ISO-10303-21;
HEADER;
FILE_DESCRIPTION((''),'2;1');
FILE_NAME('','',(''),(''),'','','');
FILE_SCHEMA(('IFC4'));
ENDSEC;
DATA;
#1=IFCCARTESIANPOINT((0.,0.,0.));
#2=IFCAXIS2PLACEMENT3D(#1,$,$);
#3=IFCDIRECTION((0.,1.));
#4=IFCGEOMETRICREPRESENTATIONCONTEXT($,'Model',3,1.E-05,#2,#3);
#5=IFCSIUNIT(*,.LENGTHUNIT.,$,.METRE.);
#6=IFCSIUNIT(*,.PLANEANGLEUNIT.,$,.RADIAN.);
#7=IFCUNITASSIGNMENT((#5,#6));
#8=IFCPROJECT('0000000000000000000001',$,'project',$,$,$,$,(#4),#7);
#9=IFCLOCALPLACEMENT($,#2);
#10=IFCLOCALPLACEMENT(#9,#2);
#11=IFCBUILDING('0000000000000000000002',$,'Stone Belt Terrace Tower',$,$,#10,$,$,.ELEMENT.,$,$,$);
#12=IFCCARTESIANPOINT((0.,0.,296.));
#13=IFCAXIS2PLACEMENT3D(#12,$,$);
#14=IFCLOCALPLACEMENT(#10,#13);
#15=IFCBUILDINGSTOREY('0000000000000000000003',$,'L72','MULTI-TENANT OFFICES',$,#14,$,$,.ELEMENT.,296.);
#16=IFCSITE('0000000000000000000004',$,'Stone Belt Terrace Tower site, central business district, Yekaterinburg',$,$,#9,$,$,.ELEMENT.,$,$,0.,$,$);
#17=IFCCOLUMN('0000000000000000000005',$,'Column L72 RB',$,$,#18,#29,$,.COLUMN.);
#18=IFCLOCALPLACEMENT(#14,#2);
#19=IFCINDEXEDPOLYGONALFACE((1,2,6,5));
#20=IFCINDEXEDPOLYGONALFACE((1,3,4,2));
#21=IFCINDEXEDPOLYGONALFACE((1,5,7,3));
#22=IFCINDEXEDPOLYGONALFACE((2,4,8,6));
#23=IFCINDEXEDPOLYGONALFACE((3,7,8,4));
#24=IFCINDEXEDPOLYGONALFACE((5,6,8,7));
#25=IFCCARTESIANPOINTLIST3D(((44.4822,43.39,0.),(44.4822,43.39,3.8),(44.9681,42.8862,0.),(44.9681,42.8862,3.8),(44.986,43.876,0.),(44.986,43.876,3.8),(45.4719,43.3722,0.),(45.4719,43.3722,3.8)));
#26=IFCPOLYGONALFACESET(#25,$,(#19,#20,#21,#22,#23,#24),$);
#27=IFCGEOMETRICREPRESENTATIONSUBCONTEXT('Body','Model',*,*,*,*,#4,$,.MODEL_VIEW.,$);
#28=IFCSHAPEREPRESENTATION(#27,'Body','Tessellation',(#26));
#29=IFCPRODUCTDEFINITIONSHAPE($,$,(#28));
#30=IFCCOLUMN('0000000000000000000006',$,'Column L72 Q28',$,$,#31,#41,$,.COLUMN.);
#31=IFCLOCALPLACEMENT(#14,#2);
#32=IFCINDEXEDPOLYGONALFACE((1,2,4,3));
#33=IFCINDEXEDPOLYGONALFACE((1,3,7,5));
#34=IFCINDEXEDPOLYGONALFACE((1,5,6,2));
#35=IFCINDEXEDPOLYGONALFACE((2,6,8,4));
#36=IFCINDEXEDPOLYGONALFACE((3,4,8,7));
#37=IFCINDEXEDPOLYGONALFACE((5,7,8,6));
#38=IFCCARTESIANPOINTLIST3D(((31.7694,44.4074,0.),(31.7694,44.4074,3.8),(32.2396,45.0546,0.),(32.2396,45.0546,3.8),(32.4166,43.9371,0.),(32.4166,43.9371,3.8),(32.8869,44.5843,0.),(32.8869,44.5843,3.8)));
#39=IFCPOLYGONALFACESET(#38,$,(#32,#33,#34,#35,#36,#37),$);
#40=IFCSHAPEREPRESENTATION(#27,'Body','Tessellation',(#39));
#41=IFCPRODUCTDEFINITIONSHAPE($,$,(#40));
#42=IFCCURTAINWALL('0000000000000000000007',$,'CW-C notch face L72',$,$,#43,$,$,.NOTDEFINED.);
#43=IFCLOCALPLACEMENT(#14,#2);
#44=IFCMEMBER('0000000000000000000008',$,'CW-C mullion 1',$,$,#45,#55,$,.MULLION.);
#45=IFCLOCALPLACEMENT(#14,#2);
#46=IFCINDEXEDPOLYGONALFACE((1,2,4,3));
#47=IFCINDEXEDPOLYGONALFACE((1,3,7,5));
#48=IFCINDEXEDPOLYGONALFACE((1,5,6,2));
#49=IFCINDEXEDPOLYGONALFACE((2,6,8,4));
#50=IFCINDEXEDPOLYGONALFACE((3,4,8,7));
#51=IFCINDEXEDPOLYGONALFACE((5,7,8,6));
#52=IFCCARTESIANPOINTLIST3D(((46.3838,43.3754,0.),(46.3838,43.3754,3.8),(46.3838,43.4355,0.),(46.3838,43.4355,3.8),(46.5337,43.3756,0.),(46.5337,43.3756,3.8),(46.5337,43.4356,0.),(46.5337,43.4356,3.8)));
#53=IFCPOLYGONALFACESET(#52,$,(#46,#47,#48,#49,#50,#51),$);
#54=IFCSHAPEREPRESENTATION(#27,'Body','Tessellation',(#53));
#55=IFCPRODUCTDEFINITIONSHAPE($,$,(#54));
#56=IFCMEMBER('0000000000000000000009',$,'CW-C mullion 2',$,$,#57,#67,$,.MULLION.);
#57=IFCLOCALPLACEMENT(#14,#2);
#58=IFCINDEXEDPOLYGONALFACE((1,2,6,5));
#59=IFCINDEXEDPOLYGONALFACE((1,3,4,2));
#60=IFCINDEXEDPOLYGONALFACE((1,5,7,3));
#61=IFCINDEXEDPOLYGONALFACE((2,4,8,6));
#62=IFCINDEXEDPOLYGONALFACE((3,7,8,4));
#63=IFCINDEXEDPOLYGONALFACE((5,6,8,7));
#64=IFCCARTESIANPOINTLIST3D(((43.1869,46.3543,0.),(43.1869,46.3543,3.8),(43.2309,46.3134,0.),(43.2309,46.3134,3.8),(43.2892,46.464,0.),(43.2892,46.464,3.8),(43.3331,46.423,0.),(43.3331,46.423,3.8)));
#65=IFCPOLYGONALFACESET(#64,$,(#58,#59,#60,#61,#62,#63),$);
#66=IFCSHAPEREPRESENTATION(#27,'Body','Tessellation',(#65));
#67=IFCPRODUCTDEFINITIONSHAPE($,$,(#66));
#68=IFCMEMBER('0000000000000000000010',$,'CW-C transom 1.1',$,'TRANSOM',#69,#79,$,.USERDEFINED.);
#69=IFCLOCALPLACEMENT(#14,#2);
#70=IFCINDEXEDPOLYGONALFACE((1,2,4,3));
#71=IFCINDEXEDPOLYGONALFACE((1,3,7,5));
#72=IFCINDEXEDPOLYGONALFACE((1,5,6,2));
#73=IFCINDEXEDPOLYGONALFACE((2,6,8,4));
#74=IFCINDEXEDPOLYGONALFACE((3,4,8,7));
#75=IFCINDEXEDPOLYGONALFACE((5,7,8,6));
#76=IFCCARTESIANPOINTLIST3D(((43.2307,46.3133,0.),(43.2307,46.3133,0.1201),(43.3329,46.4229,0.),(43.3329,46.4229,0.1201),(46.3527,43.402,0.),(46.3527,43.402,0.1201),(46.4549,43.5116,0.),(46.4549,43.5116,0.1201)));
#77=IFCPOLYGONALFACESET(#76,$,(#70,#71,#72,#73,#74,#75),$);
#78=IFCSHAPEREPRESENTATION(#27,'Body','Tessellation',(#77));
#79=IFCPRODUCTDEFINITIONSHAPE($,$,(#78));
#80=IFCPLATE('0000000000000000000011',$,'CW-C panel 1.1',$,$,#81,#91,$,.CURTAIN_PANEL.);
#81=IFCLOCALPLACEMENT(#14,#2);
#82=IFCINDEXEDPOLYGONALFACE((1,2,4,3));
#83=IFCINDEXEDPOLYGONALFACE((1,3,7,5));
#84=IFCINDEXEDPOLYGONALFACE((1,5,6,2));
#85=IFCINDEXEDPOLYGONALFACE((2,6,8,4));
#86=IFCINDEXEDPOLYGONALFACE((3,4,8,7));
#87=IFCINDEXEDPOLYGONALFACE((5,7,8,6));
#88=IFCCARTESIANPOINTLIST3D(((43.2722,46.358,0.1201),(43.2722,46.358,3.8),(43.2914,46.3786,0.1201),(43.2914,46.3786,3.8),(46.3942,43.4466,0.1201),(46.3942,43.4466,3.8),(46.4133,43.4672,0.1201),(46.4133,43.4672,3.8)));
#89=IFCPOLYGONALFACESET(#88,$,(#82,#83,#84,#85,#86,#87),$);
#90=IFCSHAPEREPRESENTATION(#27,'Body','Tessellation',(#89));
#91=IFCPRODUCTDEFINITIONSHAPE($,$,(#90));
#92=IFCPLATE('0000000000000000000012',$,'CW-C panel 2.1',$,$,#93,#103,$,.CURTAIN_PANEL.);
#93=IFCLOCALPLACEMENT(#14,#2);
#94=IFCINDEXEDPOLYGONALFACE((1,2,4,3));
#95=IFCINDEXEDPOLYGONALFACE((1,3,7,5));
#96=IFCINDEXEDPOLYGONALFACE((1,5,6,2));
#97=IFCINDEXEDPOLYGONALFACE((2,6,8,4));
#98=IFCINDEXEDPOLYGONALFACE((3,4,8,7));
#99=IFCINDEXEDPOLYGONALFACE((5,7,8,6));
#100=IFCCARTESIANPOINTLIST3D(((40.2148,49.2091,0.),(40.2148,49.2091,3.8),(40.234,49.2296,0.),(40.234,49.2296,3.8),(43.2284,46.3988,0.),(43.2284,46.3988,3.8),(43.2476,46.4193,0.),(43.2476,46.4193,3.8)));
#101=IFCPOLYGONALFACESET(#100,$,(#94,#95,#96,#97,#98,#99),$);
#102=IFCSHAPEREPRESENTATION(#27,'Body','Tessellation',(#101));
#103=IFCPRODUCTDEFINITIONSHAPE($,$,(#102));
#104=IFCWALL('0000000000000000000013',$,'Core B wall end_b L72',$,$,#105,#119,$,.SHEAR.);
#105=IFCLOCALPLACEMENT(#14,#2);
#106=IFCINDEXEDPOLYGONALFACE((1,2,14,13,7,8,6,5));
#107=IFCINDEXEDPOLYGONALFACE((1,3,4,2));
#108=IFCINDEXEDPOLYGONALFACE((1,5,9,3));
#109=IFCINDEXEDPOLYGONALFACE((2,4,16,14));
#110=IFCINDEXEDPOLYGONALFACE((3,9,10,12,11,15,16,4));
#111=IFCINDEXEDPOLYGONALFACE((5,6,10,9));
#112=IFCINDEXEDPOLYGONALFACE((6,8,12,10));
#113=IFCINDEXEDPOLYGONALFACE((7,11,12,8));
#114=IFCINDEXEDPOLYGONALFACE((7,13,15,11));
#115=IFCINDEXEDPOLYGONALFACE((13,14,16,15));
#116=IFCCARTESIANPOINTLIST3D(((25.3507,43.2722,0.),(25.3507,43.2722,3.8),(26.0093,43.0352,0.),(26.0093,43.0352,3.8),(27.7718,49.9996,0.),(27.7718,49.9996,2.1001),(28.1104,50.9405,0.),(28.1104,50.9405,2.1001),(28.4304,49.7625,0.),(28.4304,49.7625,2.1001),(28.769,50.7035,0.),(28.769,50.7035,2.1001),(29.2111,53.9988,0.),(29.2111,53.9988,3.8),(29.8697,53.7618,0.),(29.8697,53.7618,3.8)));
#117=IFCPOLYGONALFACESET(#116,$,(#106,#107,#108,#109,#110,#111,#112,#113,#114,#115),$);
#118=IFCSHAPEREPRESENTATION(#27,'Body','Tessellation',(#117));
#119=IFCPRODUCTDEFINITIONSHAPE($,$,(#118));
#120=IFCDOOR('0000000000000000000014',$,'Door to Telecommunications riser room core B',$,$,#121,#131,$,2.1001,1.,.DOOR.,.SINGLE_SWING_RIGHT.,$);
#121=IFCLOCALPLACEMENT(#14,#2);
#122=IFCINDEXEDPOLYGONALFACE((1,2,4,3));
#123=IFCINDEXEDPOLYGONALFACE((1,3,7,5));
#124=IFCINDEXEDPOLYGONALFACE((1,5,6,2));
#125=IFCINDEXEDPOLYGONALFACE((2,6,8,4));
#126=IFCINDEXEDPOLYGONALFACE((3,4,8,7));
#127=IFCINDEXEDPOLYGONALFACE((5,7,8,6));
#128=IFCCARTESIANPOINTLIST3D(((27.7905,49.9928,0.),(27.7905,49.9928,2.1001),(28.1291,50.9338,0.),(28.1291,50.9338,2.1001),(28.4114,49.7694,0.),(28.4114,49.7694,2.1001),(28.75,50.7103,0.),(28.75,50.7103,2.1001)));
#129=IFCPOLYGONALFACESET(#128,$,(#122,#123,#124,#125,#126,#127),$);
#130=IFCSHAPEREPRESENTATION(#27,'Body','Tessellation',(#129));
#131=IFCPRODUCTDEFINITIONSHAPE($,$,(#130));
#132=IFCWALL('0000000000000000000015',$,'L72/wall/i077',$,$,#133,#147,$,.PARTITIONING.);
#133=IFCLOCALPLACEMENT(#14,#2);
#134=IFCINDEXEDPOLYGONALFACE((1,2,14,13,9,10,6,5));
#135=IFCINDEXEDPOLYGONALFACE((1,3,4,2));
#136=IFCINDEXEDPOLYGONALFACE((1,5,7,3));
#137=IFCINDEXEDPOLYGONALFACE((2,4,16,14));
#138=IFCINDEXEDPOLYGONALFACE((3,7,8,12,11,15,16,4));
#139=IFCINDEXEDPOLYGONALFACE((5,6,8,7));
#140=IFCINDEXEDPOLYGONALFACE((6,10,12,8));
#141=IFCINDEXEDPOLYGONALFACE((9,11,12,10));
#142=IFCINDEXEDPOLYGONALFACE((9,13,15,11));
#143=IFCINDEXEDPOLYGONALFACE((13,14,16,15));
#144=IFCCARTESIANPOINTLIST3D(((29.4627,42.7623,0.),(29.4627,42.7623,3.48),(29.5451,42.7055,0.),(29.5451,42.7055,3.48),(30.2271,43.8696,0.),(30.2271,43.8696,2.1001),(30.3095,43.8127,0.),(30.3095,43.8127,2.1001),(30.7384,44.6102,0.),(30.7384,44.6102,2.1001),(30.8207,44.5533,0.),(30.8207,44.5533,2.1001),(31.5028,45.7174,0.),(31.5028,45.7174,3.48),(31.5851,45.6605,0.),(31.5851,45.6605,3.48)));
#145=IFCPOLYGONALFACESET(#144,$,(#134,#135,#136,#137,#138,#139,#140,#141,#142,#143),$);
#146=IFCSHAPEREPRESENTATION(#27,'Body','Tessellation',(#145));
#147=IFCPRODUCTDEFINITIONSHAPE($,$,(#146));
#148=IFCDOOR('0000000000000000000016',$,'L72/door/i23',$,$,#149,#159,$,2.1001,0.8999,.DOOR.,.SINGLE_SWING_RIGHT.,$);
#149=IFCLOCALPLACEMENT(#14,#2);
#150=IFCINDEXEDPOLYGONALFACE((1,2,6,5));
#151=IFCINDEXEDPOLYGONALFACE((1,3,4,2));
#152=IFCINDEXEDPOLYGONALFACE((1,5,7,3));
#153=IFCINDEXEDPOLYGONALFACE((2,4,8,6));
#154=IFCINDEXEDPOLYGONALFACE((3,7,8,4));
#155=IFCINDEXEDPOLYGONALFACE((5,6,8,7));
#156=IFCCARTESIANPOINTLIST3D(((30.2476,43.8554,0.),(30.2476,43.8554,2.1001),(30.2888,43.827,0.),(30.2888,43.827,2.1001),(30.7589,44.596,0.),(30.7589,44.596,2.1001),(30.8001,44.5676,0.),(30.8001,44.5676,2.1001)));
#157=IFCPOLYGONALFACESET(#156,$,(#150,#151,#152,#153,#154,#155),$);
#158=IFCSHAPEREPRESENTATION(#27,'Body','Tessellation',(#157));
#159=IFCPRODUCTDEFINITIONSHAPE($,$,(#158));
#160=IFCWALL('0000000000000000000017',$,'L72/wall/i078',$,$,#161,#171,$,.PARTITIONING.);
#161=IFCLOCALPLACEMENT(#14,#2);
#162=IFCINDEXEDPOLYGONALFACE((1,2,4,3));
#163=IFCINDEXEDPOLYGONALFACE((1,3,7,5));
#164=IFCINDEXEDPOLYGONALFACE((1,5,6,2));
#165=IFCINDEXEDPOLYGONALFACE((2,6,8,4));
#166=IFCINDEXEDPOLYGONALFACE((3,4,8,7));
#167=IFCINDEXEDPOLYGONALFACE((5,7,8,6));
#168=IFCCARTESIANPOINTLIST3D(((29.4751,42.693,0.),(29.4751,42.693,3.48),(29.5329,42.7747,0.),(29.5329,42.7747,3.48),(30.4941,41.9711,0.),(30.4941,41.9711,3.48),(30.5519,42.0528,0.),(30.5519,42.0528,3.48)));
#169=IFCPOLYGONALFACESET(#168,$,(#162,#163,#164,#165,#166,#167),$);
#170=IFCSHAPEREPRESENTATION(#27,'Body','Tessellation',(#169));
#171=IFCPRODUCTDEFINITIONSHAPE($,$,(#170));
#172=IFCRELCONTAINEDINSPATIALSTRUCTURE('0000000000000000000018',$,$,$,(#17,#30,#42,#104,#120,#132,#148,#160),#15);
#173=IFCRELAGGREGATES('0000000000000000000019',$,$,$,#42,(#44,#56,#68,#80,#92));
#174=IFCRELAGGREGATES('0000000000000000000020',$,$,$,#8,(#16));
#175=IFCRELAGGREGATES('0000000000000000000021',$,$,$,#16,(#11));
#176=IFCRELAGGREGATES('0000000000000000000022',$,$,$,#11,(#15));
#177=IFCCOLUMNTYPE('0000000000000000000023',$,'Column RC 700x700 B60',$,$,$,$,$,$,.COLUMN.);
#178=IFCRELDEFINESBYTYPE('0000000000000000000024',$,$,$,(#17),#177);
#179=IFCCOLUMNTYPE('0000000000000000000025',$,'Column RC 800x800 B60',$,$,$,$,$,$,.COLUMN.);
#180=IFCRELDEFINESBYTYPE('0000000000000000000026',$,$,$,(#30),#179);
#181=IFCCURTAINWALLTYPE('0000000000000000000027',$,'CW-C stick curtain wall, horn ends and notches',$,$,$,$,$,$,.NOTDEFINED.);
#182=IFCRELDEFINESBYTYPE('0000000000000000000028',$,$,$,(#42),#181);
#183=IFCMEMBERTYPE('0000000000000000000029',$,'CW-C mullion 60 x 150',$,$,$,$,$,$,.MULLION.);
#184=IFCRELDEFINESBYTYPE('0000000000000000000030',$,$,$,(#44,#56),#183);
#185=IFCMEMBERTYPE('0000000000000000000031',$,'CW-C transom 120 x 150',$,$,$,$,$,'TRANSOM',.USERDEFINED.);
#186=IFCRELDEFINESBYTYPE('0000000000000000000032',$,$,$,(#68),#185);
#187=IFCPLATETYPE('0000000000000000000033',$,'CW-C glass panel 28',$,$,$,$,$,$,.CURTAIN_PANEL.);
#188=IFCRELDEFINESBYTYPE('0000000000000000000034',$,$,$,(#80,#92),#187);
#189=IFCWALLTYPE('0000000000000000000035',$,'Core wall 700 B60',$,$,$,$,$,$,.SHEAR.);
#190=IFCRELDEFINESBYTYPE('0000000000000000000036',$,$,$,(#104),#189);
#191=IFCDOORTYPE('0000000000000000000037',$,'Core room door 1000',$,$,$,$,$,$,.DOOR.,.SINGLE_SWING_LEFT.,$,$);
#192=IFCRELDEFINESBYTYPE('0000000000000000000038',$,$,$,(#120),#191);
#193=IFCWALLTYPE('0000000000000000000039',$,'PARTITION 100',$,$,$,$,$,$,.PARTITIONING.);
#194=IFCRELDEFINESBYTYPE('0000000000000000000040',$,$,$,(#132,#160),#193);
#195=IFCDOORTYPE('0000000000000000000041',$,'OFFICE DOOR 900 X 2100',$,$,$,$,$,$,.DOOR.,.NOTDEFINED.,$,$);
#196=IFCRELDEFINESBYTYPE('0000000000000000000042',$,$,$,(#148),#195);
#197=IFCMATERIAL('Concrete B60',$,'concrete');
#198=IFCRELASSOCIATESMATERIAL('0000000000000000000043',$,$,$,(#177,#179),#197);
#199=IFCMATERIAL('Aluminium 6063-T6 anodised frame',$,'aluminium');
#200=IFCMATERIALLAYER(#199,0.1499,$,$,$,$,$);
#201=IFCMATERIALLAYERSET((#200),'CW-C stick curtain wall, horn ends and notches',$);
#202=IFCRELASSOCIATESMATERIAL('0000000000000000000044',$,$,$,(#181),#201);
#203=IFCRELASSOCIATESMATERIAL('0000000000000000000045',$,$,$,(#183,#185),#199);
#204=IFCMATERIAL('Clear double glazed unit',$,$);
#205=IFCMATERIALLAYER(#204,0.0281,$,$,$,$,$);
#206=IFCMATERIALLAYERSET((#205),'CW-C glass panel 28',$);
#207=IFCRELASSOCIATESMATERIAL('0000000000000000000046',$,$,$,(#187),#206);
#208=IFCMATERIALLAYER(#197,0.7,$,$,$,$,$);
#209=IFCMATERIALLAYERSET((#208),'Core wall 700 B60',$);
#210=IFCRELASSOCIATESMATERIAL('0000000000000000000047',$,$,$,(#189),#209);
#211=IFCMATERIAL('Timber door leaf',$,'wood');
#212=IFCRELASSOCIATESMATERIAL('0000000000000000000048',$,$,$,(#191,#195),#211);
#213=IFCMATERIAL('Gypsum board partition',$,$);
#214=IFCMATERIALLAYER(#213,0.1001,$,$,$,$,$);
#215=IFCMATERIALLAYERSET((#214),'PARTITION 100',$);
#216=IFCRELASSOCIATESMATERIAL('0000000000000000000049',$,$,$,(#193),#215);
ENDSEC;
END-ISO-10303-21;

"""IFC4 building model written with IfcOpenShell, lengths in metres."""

from ifc_helpers import new_model, si_unit, direction, frame, frame_2d, origin, origin_2d, place, context, subcontext, project, spatial, rectangle, extrude, material, layer, layer_set, material_profile, profile_set, type_object, element, fill, aggregate, save


model = new_model("IFC4")

# Units and contexts
model_context = context("Model", 3, precision=1e-05, world=origin(), true_north=direction((0.0, 1.0)))
body_context = subcontext(model_context, "Body", "Model", "MODEL_VIEW")
ifc_project = project(units=[si_unit("LENGTHUNIT", "METRE"), si_unit("PLANEANGLEUNIT", "RADIAN")], contexts=[model_context])

# Site, building, storey
site_placement = place(None, origin())
site = spatial("IfcSite", under=ifc_project, at=site_placement, Name="Stone Belt Terrace Tower site, central business district, Yekaterinburg", CompositionType="ELEMENT", RefElevation=0.0)
building_placement = place(site_placement, origin())
building = spatial("IfcBuilding", under=site, at=building_placement, Name="Stone Belt Terrace Tower", CompositionType="ELEMENT")
storey_placement = place(building_placement, frame((0.0, 0.0, 296.0)))
storey = spatial("IfcBuildingStorey", under=building, at=storey_placement, Name="L72", Description="MULTI-TENANT OFFICES", CompositionType="ELEMENT", Elevation=296.0)

# Columns
ifc_material_1 = material(Name="Concrete B60", Category="concrete")
ifc_material_profile_1 = material_profile(ifc_material_1, rectangle(XDim=0.7, YDim=0.7, at=origin_2d()), Name="RC 700x700")
ifc_profile_set_1 = profile_set([ifc_material_profile_1], Name="Concrete B60")
column_type_1 = type_object("IfcColumnType", Name="Column RC 700x700 B60", PredefinedType="COLUMN", material=ifc_profile_set_1)
column_1_placement = place(storey_placement, frame((44.9771, 43.3811, 0.0), z_axis=(0.0, 0.0, 1.0), x_axis=(0.694221, -0.719762, 0.0)))
element("IfcColumn", 1, at=column_1_placement, inside=storey, type_object=column_type_1, Name="Column L72 RB", PredefinedType="COLUMN", context=body_context, shape_type="SweptSolid", body=[
    extrude(rectangle(XDim=0.7, YDim=0.7, at=origin_2d()), origin(), (0.0, 0.0, 1.0), 3.8),
])
ifc_material_profile_2 = material_profile(ifc_material_1, rectangle(XDim=0.8, YDim=0.8, at=origin_2d()), Name="RC 800x800")
ifc_profile_set_2 = profile_set([ifc_material_profile_2], Name="Concrete B60")
column_type_2 = type_object("IfcColumnType", Name="Column RC 800x800 B60", PredefinedType="COLUMN", material=ifc_profile_set_2)
column_2_placement = place(storey_placement, frame((32.3281, 44.4958, 0.0), z_axis=(0.0, 0.0, 1.0), x_axis=(0.809017, -0.587785, 0.0)))
element("IfcColumn", 2, at=column_2_placement, inside=storey, type_object=column_type_2, Name="Column L72 Q28", PredefinedType="COLUMN", context=body_context, shape_type="SweptSolid", body=[
    extrude(rectangle(XDim=0.8, YDim=0.8, at=origin_2d()), origin(), (0.0, 0.0, 1.0), 3.8),
])

# Curtain wall, members, plates
ifc_material_2 = material(Name="Aluminium 6063-T6 anodised frame", Category="aluminium")
ifc_layer_1 = layer(ifc_material_2, 0.1499)
ifc_layer_set_1 = layer_set([ifc_layer_1], Name="CW-C stick curtain wall, horn ends and notches")
curtain_wall_type = type_object("IfcCurtainWallType", Name="CW-C stick curtain wall, horn ends and notches", PredefinedType="NOTDEFINED", material=ifc_layer_set_1)
curtain_wall_placement = place(storey_placement, origin())
curtain_wall = element("IfcCurtainWall", 3, at=curtain_wall_placement, inside=storey, type_object=curtain_wall_type, Name="CW-C notch face L72", PredefinedType="NOTDEFINED")
ifc_material_profile_3 = material_profile(ifc_material_2, rectangle(XDim=0.1499, YDim=0.0601, at=origin_2d()), Name="Aluminium 6063-T6 60x150")
ifc_profile_set_3 = profile_set([ifc_material_profile_3], Name="Aluminium 6063-T6 anodised frame")
member_type_1 = type_object("IfcMemberType", Name="CW-C mullion 60 x 150", PredefinedType="MULLION", material=ifc_profile_set_3)
member_1_placement = place(storey_placement, frame((46.4587, 43.4055, 0.0), z_axis=(0.0, 0.0, 1.0), x_axis=(-0.999999, -0.001051, 0.0)))
member_1 = element("IfcMember", 4, at=member_1_placement, type_object=member_type_1, Name="CW-C mullion 1", PredefinedType="MULLION", context=body_context, shape_type="SweptSolid", body=[
    extrude(rectangle(XDim=0.1499, YDim=0.0601, at=origin_2d()), origin(), (0.0, 0.0, 1.0), 3.8),
])
member_2_placement = place(storey_placement, frame((43.26, 46.3887, 0.0), z_axis=(0.0, 0.0, 1.0), x_axis=(-0.682014, -0.731339, 0.0)))
member_2 = element("IfcMember", 5, at=member_2_placement, type_object=member_type_1, Name="CW-C mullion 2", PredefinedType="MULLION", context=body_context, shape_type="SweptSolid", body=[
    extrude(rectangle(XDim=0.1499, YDim=0.0601, at=origin_2d()), origin(), (0.0, 0.0, 1.0), 3.8),
])
ifc_material_profile_4 = material_profile(ifc_material_2, rectangle(XDim=0.1499, YDim=0.1201, at=origin_2d()), Name="Aluminium 6063-T6 150x120")
ifc_profile_set_4 = profile_set([ifc_material_profile_4], Name="Aluminium 6063-T6 anodised frame")
member_type_2 = type_object("IfcMemberType", Name="CW-C transom 120 x 150", ElementType="TRANSOM", PredefinedType="USERDEFINED", material=ifc_profile_set_4)
member_3_placement = place(storey_placement, frame((46.4038, 43.4568, 0.0601), z_axis=(-0.731354, 0.681998, 0.0), x_axis=(-0.681998, -0.731354, 0.0)))
member_3 = element("IfcMember", 6, at=member_3_placement, type_object=member_type_2, Name="CW-C transom 1.1", ObjectType="TRANSOM", PredefinedType="USERDEFINED", context=body_context, shape_type="SweptSolid", body=[
    extrude(rectangle(XDim=0.1499, YDim=0.1201, at=origin_2d()), origin(), (0.0, 0.0, 1.0), 4.2688),
])
ifc_material_3 = material(Name="Clear double glazed unit")
ifc_layer_2 = layer(ifc_material_3, 0.0281)
ifc_layer_set_2 = layer_set([ifc_layer_2], Name="CW-C glass panel 28")
plate_type = type_object("IfcPlateType", Name="CW-C glass panel 28", PredefinedType="CURTAIN_PANEL", material=ifc_layer_set_2)
plate_1_placement = place(storey_placement, frame((44.8428, 44.9126, 0.1201), z_axis=(0.0, 0.0, 1.0), x_axis=(-0.731339, 0.682014, 0.0)))
plate_1 = element("IfcPlate", 7, at=plate_1_placement, type_object=plate_type, Name="CW-C panel 1.1", PredefinedType="CURTAIN_PANEL", context=body_context, shape_type="SweptSolid", body=[
    extrude(rectangle(XDim=4.2688, YDim=0.0281, at=origin_2d()), origin(), (0.0, 0.0, 1.0), 3.6799),
])
plate_2_placement = place(storey_placement, frame((41.7312, 47.8142, 0.0), z_axis=(0.0, 0.0, 1.0), x_axis=(-0.731339, 0.682014, 0.0)))
plate_2 = element("IfcPlate", 8, at=plate_2_placement, type_object=plate_type, Name="CW-C panel 2.1", PredefinedType="CURTAIN_PANEL", context=body_context, shape_type="SweptSolid", body=[
    extrude(rectangle(XDim=4.1206, YDim=0.0281, at=origin_2d()), origin(), (0.0, 0.0, 1.0), 3.8),
])
aggregate(curtain_wall, [member_1, member_2, member_3, plate_1, plate_2])

# Walls, openings, doors
ifc_layer_3 = layer(ifc_material_1, 0.7)
ifc_layer_set_3 = layer_set([ifc_layer_3], Name="Core wall 700 B60")
wall_type_1 = type_object("IfcWallType", Name="Core wall 700 B60", PredefinedType="SHEAR", material=ifc_layer_set_3)
wall_1_placement = place(storey_placement, frame((25.6799, 43.1536, 0.0), z_axis=(0.0, 0.0, 1.0), x_axis=(0.338625, 0.940921, 0.0)))
wall_1 = element("IfcWall", 9, at=wall_1_placement, inside=storey, type_object=wall_type_1, Name="Core B wall end_b L72", PredefinedType="SHEAR", context=body_context, shape_type="SweptSolid", body=[
    extrude(rectangle(XDim=11.4001, YDim=0.7, at=frame_2d((5.7002, 0.0))), origin(), (0.0, 0.0, 1.0), 3.8),
])
opening_1_placement = place(wall_1_placement, frame((7.1499, 0.0, 0.0)))
opening_1 = element("IfcOpeningElement", 10, at=opening_1_placement, cuts=wall_1, PredefinedType="OPENING", context=body_context, shape_type="SweptSolid", body=[
    extrude(rectangle(XDim=1.0, YDim=2.1001, at=frame_2d((0.5, 1.05))), frame((0.0, 0.3599, 0.0), z_axis=(0.0, -1.0, 0.0), x_axis=(1.0, 0.0, 0.0)), (0.0, 0.0, 1.0), 0.72),
])
ifc_material_4 = material(Name="Timber door leaf", Category="wood")
door_type_1 = type_object("IfcDoorType", Name="Core room door 1000", OperationType="SINGLE_SWING_LEFT", PredefinedType="DOOR", material=ifc_material_4)
door_1_placement = place(opening_1_placement, origin())
door_1 = element("IfcDoor", 11, at=door_1_placement, inside=storey, type_object=door_type_1, Name="Door to Telecommunications riser room core B", OperationType="SINGLE_SWING_RIGHT", OverallHeight=2.1001, OverallWidth=1.0, PredefinedType="DOOR", context=body_context, shape_type="SweptSolid", body=[
    extrude(rectangle(XDim=1.0, YDim=2.1001, at=frame_2d((0.5, 1.05))), frame((0.0, 0.3301, 0.0), z_axis=(0.0, -1.0, 0.0), x_axis=(1.0, 0.0, 0.0)), (0.0, 0.0, 1.0), 0.6599),
])
fill(opening_1, door_1)
ifc_material_5 = material(Name="Gypsum board partition")
ifc_layer_4 = layer(ifc_material_5, 0.1001)
ifc_layer_set_4 = layer_set([ifc_layer_4], Name="PARTITION 100")
wall_type_2 = type_object("IfcWallType", Name="PARTITION 100", PredefinedType="PARTITIONING", material=ifc_layer_set_4)
wall_2_placement = place(storey_placement, frame((31.5439, 45.689, 0.0), z_axis=(0.0, 0.0, 1.0), x_axis=(-0.568121, -0.822945, 0.0)))
wall_2 = element("IfcWall", 12, at=wall_2_placement, inside=storey, type_object=wall_type_2, Name="L72/wall/i077", PredefinedType="PARTITIONING", context=body_context, shape_type="SweptSolid", body=[
    extrude(rectangle(XDim=3.5908, YDim=0.1001, at=frame_2d((1.7954, 0.0))), origin(), (0.0, 0.0, 1.0), 3.48),
])
opening_2_placement = place(wall_2_placement, frame((1.3455, 0.0, 0.0)))
opening_2 = element("IfcOpeningElement", 13, at=opening_2_placement, cuts=wall_2, PredefinedType="OPENING", context=body_context, shape_type="SweptSolid", body=[
    extrude(rectangle(XDim=0.8999, YDim=2.1001, at=frame_2d((0.45, 1.05))), frame((0.0, 0.0601, 0.0), z_axis=(0.0, -1.0, 0.0), x_axis=(1.0, 0.0, 0.0)), (0.0, 0.0, 1.0), 0.1201),
])
door_type_2 = type_object("IfcDoorType", Name="OFFICE DOOR 900 X 2100", OperationType="NOTDEFINED", PredefinedType="DOOR", material=ifc_material_4)
door_2_placement = place(opening_2_placement, origin())
door_2 = element("IfcDoor", 14, at=door_2_placement, inside=storey, type_object=door_type_2, Name="L72/door/i23", OperationType="SINGLE_SWING_RIGHT", OverallHeight=2.1001, OverallWidth=0.8999, PredefinedType="DOOR", context=body_context, shape_type="SweptSolid", body=[
    extrude(rectangle(XDim=0.8999, YDim=2.1001, at=frame_2d((0.45, 1.05))), frame((0.0, 0.0249, 0.0), z_axis=(0.0, -1.0, 0.0), x_axis=(1.0, 0.0, 0.0)), (0.0, 0.0, 1.0), 0.05),
])
fill(opening_2, door_2)

# Wall
wall_3_placement = place(storey_placement, frame((29.5039, 42.7339, 0.0), z_axis=(0.0, 0.0, 1.0), x_axis=(0.815986, -0.578072, 0.0)))
element("IfcWall", 15, at=wall_3_placement, inside=storey, type_object=wall_type_2, Name="L72/wall/i078", PredefinedType="PARTITIONING", context=body_context, shape_type="SweptSolid", body=[
    extrude(rectangle(XDim=1.2488, YDim=0.1001, at=frame_2d((0.6245, 0.0))), origin(), (0.0, 0.0, 1.0), 3.48),
])

save(model, "model.ifc")
